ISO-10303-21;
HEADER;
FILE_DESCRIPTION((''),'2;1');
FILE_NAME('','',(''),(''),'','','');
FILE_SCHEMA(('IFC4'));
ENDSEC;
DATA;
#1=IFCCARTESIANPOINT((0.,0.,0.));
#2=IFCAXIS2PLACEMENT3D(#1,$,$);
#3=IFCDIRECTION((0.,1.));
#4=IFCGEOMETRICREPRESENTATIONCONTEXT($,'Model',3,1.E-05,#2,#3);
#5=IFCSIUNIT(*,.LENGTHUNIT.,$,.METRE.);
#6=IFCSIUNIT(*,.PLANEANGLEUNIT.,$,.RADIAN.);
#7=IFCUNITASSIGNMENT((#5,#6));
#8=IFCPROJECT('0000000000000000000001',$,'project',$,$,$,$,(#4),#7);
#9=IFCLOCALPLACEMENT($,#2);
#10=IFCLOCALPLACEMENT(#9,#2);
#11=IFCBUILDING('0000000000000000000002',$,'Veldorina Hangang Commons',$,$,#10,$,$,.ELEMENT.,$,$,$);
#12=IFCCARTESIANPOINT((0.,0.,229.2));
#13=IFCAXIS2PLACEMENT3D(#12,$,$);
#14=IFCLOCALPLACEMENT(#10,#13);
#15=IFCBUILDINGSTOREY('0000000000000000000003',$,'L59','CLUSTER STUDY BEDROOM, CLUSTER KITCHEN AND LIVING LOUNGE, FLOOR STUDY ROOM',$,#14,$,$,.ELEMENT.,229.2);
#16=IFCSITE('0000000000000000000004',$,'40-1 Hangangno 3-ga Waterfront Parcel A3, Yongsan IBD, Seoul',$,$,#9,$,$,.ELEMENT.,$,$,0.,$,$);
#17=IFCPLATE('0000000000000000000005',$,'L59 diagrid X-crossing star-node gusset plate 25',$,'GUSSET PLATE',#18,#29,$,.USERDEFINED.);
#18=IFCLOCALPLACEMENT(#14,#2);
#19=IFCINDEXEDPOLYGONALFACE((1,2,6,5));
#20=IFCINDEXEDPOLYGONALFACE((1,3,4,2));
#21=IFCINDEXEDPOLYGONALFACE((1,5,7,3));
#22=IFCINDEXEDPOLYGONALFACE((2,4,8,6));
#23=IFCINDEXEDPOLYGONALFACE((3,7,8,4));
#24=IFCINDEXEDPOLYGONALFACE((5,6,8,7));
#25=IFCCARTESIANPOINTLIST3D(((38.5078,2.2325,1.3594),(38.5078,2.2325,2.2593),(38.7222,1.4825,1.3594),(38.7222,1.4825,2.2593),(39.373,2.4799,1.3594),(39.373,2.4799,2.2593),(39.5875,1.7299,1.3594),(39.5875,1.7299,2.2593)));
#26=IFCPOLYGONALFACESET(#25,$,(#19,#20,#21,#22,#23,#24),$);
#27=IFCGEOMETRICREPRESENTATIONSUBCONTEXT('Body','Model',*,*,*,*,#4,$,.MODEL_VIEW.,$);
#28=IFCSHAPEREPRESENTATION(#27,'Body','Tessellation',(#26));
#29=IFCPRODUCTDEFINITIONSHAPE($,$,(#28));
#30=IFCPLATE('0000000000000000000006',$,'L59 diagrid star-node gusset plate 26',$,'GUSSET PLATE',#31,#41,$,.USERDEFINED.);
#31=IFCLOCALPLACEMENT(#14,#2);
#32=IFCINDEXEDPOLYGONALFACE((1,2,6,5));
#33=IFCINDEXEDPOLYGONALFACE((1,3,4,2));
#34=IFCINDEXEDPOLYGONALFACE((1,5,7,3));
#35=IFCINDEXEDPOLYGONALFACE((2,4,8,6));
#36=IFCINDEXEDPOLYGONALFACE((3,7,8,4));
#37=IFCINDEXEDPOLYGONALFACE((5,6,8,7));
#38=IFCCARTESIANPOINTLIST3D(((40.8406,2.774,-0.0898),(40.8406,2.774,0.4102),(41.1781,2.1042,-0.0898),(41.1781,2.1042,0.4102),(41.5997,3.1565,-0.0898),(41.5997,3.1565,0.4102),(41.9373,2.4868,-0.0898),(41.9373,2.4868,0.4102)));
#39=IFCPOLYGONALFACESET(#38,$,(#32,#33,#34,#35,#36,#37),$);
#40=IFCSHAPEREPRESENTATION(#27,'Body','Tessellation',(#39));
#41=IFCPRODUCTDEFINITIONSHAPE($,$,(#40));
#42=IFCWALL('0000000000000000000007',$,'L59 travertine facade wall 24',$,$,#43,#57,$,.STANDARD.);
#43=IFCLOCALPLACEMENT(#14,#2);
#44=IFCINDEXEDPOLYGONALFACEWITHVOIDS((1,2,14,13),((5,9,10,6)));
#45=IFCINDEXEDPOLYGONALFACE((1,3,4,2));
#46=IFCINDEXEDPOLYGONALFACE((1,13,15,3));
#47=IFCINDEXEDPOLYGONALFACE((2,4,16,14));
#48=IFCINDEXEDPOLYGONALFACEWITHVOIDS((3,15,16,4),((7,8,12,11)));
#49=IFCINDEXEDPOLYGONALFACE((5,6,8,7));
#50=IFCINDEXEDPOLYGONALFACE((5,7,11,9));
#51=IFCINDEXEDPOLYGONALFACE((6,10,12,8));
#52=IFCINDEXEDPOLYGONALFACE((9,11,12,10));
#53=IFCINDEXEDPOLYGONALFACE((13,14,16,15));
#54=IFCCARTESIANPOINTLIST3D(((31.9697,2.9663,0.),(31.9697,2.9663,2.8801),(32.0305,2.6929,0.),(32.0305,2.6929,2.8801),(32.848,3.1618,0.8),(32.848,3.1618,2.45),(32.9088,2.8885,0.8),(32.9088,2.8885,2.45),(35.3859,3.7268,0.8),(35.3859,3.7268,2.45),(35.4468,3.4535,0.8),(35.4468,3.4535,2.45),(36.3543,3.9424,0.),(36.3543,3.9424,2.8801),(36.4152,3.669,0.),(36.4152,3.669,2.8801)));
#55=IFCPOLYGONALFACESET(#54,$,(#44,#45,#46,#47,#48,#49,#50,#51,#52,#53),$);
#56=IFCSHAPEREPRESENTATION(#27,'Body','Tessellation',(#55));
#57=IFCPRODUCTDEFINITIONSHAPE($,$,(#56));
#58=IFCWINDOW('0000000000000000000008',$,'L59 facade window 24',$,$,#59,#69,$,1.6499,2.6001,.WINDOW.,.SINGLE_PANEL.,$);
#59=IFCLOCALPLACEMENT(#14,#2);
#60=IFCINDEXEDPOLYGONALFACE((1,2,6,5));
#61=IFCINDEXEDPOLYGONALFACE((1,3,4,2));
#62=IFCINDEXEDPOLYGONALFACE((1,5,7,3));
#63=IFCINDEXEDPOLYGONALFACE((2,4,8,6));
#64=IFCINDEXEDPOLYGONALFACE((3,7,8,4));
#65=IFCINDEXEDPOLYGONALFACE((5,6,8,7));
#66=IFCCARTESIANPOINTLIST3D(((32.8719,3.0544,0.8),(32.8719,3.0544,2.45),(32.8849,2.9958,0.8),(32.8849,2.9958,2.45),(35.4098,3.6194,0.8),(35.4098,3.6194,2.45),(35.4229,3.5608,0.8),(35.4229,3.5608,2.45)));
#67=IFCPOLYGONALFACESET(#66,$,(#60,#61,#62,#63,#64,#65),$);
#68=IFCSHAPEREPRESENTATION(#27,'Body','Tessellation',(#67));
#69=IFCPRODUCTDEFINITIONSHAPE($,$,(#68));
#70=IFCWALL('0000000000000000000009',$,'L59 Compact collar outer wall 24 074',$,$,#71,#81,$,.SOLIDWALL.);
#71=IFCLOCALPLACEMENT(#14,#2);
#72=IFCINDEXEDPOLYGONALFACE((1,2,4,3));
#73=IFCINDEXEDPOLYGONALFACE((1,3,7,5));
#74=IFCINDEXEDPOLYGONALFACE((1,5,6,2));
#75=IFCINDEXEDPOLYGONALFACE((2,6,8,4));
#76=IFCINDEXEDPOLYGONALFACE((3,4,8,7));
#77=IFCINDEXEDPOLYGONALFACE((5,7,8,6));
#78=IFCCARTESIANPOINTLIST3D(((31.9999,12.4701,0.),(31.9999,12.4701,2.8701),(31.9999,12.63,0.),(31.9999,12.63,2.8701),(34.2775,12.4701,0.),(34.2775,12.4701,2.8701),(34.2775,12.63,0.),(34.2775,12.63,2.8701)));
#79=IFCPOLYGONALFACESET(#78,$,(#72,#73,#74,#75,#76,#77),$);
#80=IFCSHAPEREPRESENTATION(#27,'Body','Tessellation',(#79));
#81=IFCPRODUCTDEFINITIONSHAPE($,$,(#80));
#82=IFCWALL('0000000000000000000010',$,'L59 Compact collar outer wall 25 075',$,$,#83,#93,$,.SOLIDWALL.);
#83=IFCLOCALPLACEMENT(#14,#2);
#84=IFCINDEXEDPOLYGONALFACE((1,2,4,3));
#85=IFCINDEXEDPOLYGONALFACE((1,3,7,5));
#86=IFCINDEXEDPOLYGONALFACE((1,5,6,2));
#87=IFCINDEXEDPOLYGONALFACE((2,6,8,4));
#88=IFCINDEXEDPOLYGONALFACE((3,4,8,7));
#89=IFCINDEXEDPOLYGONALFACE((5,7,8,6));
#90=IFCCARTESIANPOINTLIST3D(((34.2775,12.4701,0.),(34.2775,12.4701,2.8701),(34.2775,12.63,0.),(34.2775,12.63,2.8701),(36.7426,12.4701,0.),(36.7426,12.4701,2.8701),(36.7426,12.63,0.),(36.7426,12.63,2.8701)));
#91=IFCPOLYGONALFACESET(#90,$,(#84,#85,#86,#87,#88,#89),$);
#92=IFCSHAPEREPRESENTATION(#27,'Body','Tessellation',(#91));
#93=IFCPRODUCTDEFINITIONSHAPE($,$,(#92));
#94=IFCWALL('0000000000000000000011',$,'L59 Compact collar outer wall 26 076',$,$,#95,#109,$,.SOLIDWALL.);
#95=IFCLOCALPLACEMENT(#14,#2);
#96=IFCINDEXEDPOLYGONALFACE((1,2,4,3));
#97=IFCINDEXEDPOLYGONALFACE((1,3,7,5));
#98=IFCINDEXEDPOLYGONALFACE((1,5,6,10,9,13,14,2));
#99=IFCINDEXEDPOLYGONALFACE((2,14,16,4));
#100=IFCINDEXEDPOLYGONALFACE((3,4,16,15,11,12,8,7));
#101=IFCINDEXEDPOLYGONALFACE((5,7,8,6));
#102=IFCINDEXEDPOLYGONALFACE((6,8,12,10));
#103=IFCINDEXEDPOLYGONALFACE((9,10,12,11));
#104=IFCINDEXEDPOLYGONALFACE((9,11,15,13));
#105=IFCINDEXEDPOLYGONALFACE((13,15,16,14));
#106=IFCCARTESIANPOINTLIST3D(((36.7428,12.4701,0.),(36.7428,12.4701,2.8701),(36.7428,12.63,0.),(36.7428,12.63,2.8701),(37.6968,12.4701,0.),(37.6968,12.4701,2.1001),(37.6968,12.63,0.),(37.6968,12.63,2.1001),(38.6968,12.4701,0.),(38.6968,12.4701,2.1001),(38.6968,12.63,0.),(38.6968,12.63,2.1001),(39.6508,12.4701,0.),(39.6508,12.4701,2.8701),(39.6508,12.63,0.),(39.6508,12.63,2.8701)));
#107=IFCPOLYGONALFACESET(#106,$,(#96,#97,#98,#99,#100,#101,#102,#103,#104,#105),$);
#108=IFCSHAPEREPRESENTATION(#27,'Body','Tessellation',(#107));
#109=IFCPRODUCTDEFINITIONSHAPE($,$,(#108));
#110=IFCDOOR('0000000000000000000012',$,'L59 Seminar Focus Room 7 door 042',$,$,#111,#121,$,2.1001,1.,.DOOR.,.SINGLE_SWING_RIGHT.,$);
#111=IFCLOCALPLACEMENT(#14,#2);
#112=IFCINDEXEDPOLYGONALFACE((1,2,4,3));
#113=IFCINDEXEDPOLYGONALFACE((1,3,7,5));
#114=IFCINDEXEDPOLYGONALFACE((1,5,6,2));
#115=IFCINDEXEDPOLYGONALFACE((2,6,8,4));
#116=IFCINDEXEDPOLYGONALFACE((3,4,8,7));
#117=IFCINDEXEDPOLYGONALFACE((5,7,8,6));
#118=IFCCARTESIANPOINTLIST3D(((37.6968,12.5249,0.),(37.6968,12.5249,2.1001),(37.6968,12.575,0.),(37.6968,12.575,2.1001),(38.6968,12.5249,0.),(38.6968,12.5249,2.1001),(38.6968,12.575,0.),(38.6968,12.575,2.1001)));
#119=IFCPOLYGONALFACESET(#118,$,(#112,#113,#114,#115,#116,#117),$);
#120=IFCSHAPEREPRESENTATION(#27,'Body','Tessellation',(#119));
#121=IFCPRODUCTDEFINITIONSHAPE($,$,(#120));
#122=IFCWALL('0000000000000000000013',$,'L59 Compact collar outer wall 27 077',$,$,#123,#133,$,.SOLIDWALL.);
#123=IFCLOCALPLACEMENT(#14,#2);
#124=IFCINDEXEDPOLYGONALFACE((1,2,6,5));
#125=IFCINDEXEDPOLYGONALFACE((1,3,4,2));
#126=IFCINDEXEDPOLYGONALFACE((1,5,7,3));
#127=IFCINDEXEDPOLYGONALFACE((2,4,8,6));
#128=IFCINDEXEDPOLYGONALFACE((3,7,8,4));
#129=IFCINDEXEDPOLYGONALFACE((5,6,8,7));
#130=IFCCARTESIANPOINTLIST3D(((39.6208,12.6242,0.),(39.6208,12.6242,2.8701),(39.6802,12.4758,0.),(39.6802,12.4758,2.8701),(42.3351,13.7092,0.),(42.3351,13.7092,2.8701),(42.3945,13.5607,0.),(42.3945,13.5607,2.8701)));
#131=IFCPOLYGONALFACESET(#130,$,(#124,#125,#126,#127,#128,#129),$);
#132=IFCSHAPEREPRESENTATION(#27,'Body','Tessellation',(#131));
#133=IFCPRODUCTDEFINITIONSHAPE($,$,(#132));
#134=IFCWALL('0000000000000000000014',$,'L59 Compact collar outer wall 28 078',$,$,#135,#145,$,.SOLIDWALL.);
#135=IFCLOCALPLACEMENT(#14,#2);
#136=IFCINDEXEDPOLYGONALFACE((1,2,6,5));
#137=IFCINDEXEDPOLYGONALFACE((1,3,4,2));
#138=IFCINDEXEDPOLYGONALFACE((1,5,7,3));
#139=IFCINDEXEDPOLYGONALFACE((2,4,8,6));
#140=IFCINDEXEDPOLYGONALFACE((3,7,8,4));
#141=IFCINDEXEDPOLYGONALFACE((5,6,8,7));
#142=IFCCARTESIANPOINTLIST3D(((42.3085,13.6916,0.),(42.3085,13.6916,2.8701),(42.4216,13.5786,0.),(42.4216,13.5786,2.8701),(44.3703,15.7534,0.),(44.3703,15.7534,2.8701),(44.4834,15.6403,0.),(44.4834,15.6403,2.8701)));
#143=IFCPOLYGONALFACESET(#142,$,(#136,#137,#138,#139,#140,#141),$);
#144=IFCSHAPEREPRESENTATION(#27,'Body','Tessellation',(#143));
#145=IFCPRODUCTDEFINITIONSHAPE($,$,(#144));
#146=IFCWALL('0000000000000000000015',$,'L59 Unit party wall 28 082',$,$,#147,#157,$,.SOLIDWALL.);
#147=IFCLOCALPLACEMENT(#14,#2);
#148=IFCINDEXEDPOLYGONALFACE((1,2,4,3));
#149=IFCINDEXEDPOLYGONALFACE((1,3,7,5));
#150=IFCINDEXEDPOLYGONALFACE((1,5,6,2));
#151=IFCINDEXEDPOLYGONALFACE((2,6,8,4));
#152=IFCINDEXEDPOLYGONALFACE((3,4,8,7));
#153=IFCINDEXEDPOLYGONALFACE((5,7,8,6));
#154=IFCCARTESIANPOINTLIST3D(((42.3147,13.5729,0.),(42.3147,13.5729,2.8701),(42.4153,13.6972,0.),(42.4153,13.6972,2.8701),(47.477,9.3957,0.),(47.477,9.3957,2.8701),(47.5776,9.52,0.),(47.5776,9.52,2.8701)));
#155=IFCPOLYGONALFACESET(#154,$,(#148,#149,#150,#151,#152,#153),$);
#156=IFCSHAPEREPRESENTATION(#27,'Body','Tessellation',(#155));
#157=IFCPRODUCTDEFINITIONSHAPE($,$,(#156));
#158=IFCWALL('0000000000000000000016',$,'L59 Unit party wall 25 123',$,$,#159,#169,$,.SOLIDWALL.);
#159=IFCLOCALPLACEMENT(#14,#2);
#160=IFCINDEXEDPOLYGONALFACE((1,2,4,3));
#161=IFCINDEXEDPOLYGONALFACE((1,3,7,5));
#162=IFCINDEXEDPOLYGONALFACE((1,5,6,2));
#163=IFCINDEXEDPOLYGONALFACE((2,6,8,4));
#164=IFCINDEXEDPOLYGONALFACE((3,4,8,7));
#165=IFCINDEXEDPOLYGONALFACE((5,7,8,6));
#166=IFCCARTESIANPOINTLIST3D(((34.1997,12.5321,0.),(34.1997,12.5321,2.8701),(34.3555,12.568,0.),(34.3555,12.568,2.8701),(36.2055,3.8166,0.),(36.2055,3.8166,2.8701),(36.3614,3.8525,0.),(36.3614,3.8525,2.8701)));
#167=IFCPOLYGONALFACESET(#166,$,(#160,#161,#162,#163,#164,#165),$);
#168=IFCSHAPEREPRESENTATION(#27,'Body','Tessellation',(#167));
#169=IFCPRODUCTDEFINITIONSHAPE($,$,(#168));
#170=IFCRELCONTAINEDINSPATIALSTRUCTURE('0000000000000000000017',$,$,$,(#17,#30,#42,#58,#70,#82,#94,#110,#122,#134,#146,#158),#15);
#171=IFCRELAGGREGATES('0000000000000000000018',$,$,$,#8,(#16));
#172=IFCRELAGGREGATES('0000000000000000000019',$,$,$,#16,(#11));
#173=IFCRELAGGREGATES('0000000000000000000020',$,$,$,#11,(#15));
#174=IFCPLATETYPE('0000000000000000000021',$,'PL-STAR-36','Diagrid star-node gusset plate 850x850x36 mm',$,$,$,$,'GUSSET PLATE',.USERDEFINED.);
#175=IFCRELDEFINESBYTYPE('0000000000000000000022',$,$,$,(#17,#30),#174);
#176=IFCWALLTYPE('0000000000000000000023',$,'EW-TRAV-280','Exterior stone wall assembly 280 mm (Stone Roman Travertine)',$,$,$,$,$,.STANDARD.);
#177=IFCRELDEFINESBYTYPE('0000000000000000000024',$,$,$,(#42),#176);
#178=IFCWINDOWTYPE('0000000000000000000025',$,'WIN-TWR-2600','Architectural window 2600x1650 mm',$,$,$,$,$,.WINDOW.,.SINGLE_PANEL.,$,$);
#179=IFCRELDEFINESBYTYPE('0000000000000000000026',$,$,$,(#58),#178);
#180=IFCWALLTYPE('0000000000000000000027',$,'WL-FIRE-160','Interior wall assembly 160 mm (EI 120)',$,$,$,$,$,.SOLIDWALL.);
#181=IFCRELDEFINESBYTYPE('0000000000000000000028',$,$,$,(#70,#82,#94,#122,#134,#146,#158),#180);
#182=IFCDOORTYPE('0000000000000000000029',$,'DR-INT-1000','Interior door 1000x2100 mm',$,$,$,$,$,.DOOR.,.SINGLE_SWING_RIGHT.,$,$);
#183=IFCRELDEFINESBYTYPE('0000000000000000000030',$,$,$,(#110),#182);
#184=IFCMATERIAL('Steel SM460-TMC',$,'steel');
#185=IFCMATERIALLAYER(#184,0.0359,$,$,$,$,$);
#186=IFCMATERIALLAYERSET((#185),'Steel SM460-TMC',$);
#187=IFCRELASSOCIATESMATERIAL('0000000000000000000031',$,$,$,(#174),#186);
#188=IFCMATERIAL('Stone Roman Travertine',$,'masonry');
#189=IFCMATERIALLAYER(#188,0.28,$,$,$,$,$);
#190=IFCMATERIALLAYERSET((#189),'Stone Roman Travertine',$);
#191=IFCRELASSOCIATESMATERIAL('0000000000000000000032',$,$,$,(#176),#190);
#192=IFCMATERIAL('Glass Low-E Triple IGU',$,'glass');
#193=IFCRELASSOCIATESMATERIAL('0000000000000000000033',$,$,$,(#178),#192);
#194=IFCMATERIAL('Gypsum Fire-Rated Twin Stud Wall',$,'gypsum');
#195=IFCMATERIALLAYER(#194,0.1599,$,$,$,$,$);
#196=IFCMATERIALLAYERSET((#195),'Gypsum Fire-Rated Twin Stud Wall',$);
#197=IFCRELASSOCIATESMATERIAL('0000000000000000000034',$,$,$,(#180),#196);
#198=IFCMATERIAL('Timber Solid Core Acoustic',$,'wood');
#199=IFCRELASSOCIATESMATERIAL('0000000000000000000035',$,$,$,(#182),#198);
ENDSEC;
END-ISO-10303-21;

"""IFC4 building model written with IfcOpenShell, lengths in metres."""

from ifc_helpers import new_model, si_unit, direction, frame, frame_2d, origin, origin_2d, place, context, subcontext, project, spatial, rectangle, extrude, material, layer, layer_set, type_object, element, fill, save


model = new_model("IFC4")

# Units and contexts
model_context = context("Model", 3, precision=1e-05, world=origin(), true_north=direction((0.0, 1.0)))
body_context = subcontext(model_context, "Body", "Model", "MODEL_VIEW")
ifc_project = project(units=[si_unit("LENGTHUNIT", "METRE"), si_unit("PLANEANGLEUNIT", "RADIAN")], contexts=[model_context])

# Site, building, storey
site_placement = place(None, origin())
site = spatial("IfcSite", under=ifc_project, at=site_placement, Name="40-1 Hangangno 3-ga Waterfront Parcel A3, Yongsan IBD, Seoul", CompositionType="ELEMENT", RefElevation=0.0)
building_placement = place(site_placement, origin())
building = spatial("IfcBuilding", under=site, at=building_placement, Name="Veldorina Hangang Commons", CompositionType="ELEMENT")
storey_placement = place(building_placement, frame((0.0, 0.0, 229.2)))
storey = spatial("IfcBuildingStorey", under=building, at=storey_placement, Name="L59", Description="CLUSTER STUDY BEDROOM, CLUSTER KITCHEN AND LIVING LOUNGE, FLOOR STUDY ROOM", CompositionType="ELEMENT", Elevation=229.2)

# Shared definitions
ifc_material_1 = material(Name="Glass Low-E Triple IGU", Category="glass")

# Plates
ifc_material_2 = material(Name="Steel SM460-TMC", Category="steel")
ifc_layer_1 = layer(ifc_material_2, 0.0359)
ifc_layer_set_1 = layer_set([ifc_layer_1], Name="Steel SM460-TMC")
plate_type_1 = type_object("IfcPlateType", Name="PL-STAR-36", Description="Diagrid star-node gusset plate 850x850x36 mm", ElementType="GUSSET PLATE", PredefinedType="USERDEFINED", material=ifc_layer_set_1)
plate_1_placement = place(storey_placement, frame((39.0476, 1.9812, 1.3594), z_axis=(0.0, 0.0, 1.0), x_axis=(0.961454, 0.274966, 0.0)))
element("IfcPlate", 1, at=plate_1_placement, inside=storey, type_object=plate_type_1, Name="L59 diagrid X-crossing star-node gusset plate 25", ObjectType="GUSSET PLATE", PredefinedType="USERDEFINED", context=body_context, shape_type="SweptSolid", body=[
    extrude(rectangle(XDim=0.8999, YDim=0.78, at=origin_2d()), origin(), (0.0, 0.0, 1.0), 0.8999),
])
plate_2_placement = place(storey_placement, frame((41.3889, 2.6304, -0.0898), z_axis=(0.0, 0.0, 1.0), x_axis=(0.893018, 0.450021, 0.0)))
element("IfcPlate", 2, at=plate_2_placement, inside=storey, type_object=plate_type_1, Name="L59 diagrid star-node gusset plate 26", ObjectType="GUSSET PLATE", PredefinedType="USERDEFINED", context=body_context, shape_type="SweptSolid", body=[
    extrude(rectangle(XDim=0.8501, YDim=0.75, at=origin_2d()), origin(), (0.0, 0.0, 1.0), 0.5),
])

# Wall, opening, window
ifc_material_3 = material(Name="Stone Roman Travertine", Category="masonry")
ifc_layer_2 = layer(ifc_material_3, 0.28)
ifc_layer_set_2 = layer_set([ifc_layer_2], Name="Stone Roman Travertine")
wall_type_1 = type_object("IfcWallType", Name="EW-TRAV-280", Description="Exterior stone wall assembly 280 mm (Stone Roman Travertine)", PredefinedType="STANDARD", material=ifc_layer_set_2)
wall_1_placement = place(storey_placement, frame((32.0, 2.8296, 0.0), z_axis=(0.0, 0.0, 1.0), x_axis=(0.976105, 0.217299, 0.0)))
wall_1 = element("IfcWall", 3, at=wall_1_placement, inside=storey, type_object=wall_type_1, Name="L59 travertine facade wall 24", PredefinedType="STANDARD", context=body_context, shape_type="SweptSolid", body=[
    extrude(rectangle(XDim=4.4919, YDim=0.28, at=frame_2d((2.2461, 0.0))), origin(), (0.0, 0.0, 1.0), 2.8801),
])
opening_1_placement = place(wall_1_placement, frame((0.8999, 0.0, 0.8)))
opening_1 = element("IfcOpeningElement", 4, at=opening_1_placement, cuts=wall_1, PredefinedType="OPENING", context=body_context, shape_type="SweptSolid", body=[
    extrude(rectangle(XDim=2.6001, YDim=1.6499, at=frame_2d((1.3, 0.825))), frame((0.0, 0.1499, 0.0), z_axis=(0.0, -1.0, 0.0), x_axis=(1.0, 0.0, 0.0)), (0.0, 0.0, 1.0), 0.3),
])
window_type = type_object("IfcWindowType", Name="WIN-TWR-2600", Description="Architectural window 2600x1650 mm", PartitioningType="SINGLE_PANEL", PredefinedType="WINDOW", material=ifc_material_1)
window_placement = place(opening_1_placement, origin())
window = element("IfcWindow", 5, at=window_placement, inside=storey, type_object=window_type, Name="L59 facade window 24", OverallHeight=1.6499, OverallWidth=2.6001, PartitioningType="SINGLE_PANEL", PredefinedType="WINDOW", context=body_context, shape_type="SweptSolid", body=[
    extrude(rectangle(XDim=2.6001, YDim=1.6499, at=frame_2d((1.3, 0.825))), frame((0.0, 0.03, 0.0), z_axis=(0.0, -1.0, 0.0), x_axis=(1.0, 0.0, 0.0)), (0.0, 0.0, 1.0), 0.0601),
])
fill(opening_1, window)

# Walls
ifc_material_4 = material(Name="Gypsum Fire-Rated Twin Stud Wall", Category="gypsum")
ifc_layer_3 = layer(ifc_material_4, 0.1599)
ifc_layer_set_3 = layer_set([ifc_layer_3], Name="Gypsum Fire-Rated Twin Stud Wall")
wall_type_2 = type_object("IfcWallType", Name="WL-FIRE-160", Description="Interior wall assembly 160 mm (EI 120)", PredefinedType="SOLIDWALL", material=ifc_layer_set_3)
wall_2_placement = place(storey_placement, frame((32.0, 12.55, 0.0), z_axis=(0.0, 0.0, 1.0), x_axis=(1.0, 0.0, 0.0)))
element("IfcWall", 6, at=wall_2_placement, inside=storey, type_object=wall_type_2, Name="L59 Compact collar outer wall 24 074", PredefinedType="SOLIDWALL", context=body_context, shape_type="SweptSolid", body=[
    extrude(rectangle(XDim=2.2776, YDim=0.1599, at=frame_2d((1.1387, 0.0))), origin(), (0.0, 0.0, 1.0), 2.8701),
])
wall_3_placement = place(storey_placement, frame((34.2776, 12.55, 0.0), z_axis=(0.0, 0.0, 1.0), x_axis=(1.0, 0.0, 0.0)))
element("IfcWall", 7, at=wall_3_placement, inside=storey, type_object=wall_type_2, Name="L59 Compact collar outer wall 25 075", PredefinedType="SOLIDWALL", context=body_context, shape_type="SweptSolid", body=[
    extrude(rectangle(XDim=2.4651, YDim=0.1599, at=frame_2d((1.2324, 0.0))), origin(), (0.0, 0.0, 1.0), 2.8701),
])

# Wall, opening, door
wall_4_placement = place(storey_placement, frame((36.7427, 12.55, 0.0), z_axis=(0.0, 0.0, 1.0), x_axis=(1.0, 0.0, 0.0)))
wall_4 = element("IfcWall", 8, at=wall_4_placement, inside=storey, type_object=wall_type_2, Name="L59 Compact collar outer wall 26 076", PredefinedType="SOLIDWALL", context=body_context, shape_type="SweptSolid", body=[
    extrude(rectangle(XDim=2.908, YDim=0.1599, at=frame_2d((1.4541, 0.0))), origin(), (0.0, 0.0, 1.0), 2.8701),
])
opening_2_placement = place(wall_4_placement, frame((0.9541, 0.0, 0.0)))
opening_2 = element("IfcOpeningElement", 9, at=opening_2_placement, cuts=wall_4, PredefinedType="OPENING", context=body_context, shape_type="SweptSolid", body=[
    extrude(rectangle(XDim=1.0, YDim=2.1001, at=frame_2d((0.5, 1.05))), frame((0.0, 0.0898, 0.0), z_axis=(0.0, -1.0, 0.0), x_axis=(1.0, 0.0, 0.0)), (0.0, 0.0, 1.0), 0.1799),
])
ifc_material_5 = material(Name="Timber Solid Core Acoustic", Category="wood")
door_type = type_object("IfcDoorType", Name="DR-INT-1000", Description="Interior door 1000x2100 mm", OperationType="SINGLE_SWING_RIGHT", PredefinedType="DOOR", material=ifc_material_5)
door_placement = place(opening_2_placement, origin())
door = element("IfcDoor", 10, at=door_placement, inside=storey, type_object=door_type, Name="L59 Seminar Focus Room 7 door 042", OperationType="SINGLE_SWING_RIGHT", OverallHeight=2.1001, OverallWidth=1.0, PredefinedType="DOOR", context=body_context, shape_type="SweptSolid", body=[
    extrude(rectangle(XDim=1.0, YDim=2.1001, at=frame_2d((0.5, 1.05))), frame((0.0, 0.0249, 0.0), z_axis=(0.0, -1.0, 0.0), x_axis=(1.0, 0.0, 0.0)), (0.0, 0.0, 1.0), 0.05),
])
fill(opening_2, door)

# Walls
wall_5_placement = place(storey_placement, frame((39.6506, 12.55, 0.0), z_axis=(0.0, 0.0, 1.0), x_axis=(0.928569, 0.37116, 0.0)))
element("IfcWall", 11, at=wall_5_placement, inside=storey, type_object=wall_type_2, Name="L59 Compact collar outer wall 27 077", PredefinedType="SOLIDWALL", context=body_context, shape_type="SweptSolid", body=[
    extrude(rectangle(XDim=2.9231, YDim=0.1599, at=frame_2d((1.4614, 0.0))), origin(), (0.0, 0.0, 1.0), 2.8701),
])
wall_6_placement = place(storey_placement, frame((42.365, 13.635, 0.0), z_axis=(0.0, 0.0, 1.0), x_axis=(0.707107, 0.707107, 0.0)))
element("IfcWall", 12, at=wall_6_placement, inside=storey, type_object=wall_type_2, Name="L59 Compact collar outer wall 28 078", PredefinedType="SOLIDWALL", context=body_context, shape_type="SweptSolid", body=[
    extrude(rectangle(XDim=2.9158, YDim=0.1599, at=frame_2d((1.458, 0.0))), origin(), (0.0, 0.0, 1.0), 2.8701),
])
wall_7_placement = place(storey_placement, frame((42.365, 13.635, 0.0), z_axis=(0.0, 0.0, 1.0), x_axis=(0.777378, -0.629034, 0.0)))
element("IfcWall", 13, at=wall_7_placement, inside=storey, type_object=wall_type_2, Name="L59 Unit party wall 28 082", PredefinedType="SOLIDWALL", context=body_context, shape_type="SweptSolid", body=[
    extrude(rectangle(XDim=6.6406, YDim=0.1599, at=frame_2d((3.3203, 0.0))), origin(), (0.0, 0.0, 1.0), 2.8701),
])
wall_8_placement = place(storey_placement, frame((34.2776, 12.55, 0.0), z_axis=(0.0, 0.0, 1.0), x_axis=(0.224283, -0.974524, 0.0)))
element("IfcWall", 14, at=wall_8_placement, inside=storey, type_object=wall_type_2, Name="L59 Unit party wall 25 123", PredefinedType="SOLIDWALL", context=body_context, shape_type="SweptSolid", body=[
    extrude(rectangle(XDim=8.9434, YDim=0.1599, at=frame_2d((4.4717, 0.0))), origin(), (0.0, 0.0, 1.0), 2.8701),
])

save(model, "model.ifc")
